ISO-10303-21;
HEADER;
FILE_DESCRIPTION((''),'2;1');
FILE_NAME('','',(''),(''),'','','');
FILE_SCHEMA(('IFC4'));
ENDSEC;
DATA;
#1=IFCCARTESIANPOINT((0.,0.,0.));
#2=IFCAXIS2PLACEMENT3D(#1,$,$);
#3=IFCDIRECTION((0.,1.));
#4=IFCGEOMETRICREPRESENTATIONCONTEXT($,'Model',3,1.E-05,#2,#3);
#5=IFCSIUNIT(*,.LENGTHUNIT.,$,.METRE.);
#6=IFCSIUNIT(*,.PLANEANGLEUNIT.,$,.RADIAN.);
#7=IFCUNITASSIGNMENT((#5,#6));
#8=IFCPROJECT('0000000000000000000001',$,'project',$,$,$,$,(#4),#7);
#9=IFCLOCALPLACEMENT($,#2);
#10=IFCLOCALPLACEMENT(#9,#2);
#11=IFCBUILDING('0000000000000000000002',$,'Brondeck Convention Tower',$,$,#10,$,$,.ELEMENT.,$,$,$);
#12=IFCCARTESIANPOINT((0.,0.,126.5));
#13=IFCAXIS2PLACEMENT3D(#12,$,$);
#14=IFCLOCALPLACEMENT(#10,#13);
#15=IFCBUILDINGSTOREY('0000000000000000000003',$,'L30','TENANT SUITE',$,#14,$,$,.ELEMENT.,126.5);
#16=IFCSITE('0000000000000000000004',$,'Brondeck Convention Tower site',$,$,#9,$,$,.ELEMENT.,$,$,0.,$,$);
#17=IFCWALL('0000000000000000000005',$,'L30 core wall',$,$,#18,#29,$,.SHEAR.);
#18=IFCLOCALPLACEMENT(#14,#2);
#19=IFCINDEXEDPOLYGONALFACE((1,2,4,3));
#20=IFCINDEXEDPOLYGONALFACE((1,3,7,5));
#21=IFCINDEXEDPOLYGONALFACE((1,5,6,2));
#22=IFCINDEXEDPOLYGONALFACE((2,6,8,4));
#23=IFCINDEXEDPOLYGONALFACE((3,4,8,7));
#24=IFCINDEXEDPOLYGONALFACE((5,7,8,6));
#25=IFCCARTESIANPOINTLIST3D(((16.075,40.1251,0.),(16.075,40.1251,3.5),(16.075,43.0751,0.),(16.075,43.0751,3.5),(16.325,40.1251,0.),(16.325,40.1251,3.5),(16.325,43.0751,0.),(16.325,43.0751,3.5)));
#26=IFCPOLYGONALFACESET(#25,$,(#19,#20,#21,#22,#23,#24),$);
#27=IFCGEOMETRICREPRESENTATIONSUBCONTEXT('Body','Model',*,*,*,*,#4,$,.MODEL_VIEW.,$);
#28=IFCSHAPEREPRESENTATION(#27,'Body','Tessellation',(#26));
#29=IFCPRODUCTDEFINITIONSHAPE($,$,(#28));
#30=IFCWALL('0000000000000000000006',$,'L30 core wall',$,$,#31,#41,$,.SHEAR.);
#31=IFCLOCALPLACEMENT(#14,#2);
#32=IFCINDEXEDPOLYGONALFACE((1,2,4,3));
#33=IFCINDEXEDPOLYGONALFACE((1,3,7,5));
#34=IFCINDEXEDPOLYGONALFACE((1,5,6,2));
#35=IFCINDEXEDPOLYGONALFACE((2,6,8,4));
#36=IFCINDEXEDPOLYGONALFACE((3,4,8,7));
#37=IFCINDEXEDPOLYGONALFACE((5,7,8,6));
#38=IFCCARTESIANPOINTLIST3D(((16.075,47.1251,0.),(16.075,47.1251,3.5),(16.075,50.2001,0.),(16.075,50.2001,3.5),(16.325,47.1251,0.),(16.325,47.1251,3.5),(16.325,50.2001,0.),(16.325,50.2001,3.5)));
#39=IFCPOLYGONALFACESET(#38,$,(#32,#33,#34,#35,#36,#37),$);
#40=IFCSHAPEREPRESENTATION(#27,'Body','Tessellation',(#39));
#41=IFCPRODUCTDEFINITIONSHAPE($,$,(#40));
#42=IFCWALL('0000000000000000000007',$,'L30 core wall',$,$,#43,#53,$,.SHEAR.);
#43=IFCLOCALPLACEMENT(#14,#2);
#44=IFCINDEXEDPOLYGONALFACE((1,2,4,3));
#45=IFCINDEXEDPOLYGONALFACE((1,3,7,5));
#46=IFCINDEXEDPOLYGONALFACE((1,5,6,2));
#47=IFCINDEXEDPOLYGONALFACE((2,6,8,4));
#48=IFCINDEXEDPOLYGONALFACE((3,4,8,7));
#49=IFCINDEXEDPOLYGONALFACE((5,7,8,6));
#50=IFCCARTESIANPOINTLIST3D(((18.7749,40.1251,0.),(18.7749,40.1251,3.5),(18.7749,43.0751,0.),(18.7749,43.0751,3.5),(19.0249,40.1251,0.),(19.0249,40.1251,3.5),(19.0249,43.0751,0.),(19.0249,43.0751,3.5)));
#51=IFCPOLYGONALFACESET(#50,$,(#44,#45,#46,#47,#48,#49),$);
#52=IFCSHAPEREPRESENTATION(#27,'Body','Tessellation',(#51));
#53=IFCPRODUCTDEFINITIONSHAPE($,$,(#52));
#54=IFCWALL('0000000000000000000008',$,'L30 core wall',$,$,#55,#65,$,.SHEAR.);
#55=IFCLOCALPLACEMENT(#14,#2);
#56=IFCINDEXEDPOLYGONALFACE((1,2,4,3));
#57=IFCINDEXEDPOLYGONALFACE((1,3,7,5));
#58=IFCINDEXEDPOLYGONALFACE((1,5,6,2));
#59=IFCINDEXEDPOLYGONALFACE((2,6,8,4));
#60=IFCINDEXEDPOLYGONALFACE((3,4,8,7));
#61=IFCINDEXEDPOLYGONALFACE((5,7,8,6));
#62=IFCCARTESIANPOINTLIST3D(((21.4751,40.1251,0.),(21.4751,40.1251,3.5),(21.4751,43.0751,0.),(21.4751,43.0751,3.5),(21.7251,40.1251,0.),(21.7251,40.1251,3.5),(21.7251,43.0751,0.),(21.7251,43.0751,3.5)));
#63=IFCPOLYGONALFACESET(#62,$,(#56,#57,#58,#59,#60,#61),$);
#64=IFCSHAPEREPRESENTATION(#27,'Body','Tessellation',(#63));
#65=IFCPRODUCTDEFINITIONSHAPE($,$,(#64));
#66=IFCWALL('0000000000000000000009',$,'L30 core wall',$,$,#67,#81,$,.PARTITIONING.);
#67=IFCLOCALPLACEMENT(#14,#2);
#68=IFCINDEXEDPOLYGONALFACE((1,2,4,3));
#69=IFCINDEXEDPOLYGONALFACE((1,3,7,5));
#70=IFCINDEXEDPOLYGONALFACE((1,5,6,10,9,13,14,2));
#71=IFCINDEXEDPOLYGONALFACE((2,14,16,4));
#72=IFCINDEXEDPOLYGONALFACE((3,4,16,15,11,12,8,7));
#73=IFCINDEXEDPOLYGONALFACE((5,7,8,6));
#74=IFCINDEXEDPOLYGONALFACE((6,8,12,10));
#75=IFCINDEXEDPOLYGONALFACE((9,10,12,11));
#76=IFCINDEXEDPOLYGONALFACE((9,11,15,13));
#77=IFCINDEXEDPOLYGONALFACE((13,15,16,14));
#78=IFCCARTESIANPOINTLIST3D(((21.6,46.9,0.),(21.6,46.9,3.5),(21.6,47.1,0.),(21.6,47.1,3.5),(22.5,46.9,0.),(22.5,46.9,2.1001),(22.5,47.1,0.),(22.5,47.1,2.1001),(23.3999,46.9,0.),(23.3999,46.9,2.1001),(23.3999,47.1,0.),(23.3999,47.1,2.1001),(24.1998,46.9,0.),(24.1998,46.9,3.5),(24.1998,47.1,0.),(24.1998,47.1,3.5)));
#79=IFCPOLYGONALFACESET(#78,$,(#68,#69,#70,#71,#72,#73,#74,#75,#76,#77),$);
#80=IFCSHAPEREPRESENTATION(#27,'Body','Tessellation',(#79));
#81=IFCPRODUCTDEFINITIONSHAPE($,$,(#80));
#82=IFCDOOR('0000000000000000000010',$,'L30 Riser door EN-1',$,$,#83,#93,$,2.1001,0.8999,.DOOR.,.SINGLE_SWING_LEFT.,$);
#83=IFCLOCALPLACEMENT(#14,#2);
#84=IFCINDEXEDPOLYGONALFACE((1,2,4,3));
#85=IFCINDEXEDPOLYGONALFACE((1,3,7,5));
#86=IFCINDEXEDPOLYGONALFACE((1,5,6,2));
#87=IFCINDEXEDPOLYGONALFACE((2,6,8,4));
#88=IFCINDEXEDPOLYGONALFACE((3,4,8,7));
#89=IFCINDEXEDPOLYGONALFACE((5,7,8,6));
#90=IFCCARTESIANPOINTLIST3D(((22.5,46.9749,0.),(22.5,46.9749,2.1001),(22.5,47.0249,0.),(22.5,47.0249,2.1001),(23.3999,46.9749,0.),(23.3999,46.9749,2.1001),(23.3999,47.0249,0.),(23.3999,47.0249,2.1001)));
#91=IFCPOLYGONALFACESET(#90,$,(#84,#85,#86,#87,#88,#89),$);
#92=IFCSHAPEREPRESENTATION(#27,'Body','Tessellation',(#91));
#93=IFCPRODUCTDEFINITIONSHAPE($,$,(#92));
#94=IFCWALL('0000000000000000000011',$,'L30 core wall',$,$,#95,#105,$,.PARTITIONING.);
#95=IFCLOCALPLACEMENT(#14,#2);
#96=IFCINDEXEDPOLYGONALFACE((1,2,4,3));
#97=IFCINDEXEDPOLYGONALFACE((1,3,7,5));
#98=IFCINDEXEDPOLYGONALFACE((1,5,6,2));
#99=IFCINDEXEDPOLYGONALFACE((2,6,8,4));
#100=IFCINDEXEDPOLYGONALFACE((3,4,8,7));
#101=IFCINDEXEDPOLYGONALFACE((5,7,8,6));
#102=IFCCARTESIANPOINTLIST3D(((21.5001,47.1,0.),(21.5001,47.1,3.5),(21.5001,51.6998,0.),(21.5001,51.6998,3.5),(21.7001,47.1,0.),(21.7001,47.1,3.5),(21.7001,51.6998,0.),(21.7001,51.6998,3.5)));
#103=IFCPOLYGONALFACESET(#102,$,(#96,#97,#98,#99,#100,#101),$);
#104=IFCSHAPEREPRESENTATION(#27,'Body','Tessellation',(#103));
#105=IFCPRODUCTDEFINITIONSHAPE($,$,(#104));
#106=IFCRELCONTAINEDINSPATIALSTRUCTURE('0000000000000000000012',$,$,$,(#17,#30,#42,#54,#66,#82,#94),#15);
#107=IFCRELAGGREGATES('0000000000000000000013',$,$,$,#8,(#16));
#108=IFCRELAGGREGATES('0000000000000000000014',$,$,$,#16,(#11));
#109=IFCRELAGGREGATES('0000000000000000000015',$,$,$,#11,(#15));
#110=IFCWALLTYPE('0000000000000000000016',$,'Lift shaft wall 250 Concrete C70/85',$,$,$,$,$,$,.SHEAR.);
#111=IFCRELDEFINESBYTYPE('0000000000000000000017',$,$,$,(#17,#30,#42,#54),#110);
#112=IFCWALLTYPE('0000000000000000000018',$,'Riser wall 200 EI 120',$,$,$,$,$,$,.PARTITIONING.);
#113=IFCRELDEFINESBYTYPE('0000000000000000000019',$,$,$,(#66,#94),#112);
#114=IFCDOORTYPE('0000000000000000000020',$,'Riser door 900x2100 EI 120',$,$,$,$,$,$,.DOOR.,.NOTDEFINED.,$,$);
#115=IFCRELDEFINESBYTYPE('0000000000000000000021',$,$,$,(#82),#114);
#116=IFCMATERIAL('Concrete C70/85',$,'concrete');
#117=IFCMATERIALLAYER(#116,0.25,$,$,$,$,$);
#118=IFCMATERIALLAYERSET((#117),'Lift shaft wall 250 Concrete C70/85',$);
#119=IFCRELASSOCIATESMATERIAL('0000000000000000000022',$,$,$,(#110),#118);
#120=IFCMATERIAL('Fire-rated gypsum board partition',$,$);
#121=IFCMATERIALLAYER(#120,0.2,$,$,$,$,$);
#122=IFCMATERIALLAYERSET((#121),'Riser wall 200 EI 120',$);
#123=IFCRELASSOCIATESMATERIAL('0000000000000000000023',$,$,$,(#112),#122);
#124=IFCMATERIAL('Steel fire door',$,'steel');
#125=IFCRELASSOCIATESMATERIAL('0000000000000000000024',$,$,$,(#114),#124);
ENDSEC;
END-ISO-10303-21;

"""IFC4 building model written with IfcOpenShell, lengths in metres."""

from ifc_helpers import new_model, si_unit, direction, frame, frame_2d, origin, place, context, subcontext, project, spatial, rectangle, extrude, material, layer, layer_set, type_object, element, fill, save


model = new_model("IFC4")

# Units and contexts
model_context = context("Model", 3, precision=1e-05, world=origin(), true_north=direction((0.0, 1.0)))
body_context = subcontext(model_context, "Body", "Model", "MODEL_VIEW")
ifc_project = project(units=[si_unit("LENGTHUNIT", "METRE"), si_unit("PLANEANGLEUNIT", "RADIAN")], contexts=[model_context])

# Site, building, storey
site_placement = place(None, origin())
site = spatial("IfcSite", under=ifc_project, at=site_placement, Name="Brondeck Convention Tower site", CompositionType="ELEMENT", RefElevation=0.0)
building_placement = place(site_placement, origin())
building = spatial("IfcBuilding", under=site, at=building_placement, Name="Brondeck Convention Tower", CompositionType="ELEMENT")
storey_placement = place(building_placement, frame((0.0, 0.0, 126.5)))
storey = spatial("IfcBuildingStorey", under=building, at=storey_placement, Name="L30", Description="TENANT SUITE", CompositionType="ELEMENT", Elevation=126.5)

# Shared definitions
ifc_material_1 = material(Name="Fire-rated gypsum board partition")

# Shared definitions
ifc_material_2 = material(Name="Steel fire door", Category="steel")

# Walls
ifc_material_3 = material(Name="Concrete C70/85", Category="concrete")
ifc_layer_1 = layer(ifc_material_3, 0.25)
ifc_layer_set_1 = layer_set([ifc_layer_1], Name="Lift shaft wall 250 Concrete C70/85")
wall_type_1 = type_object("IfcWallType", Name="Lift shaft wall 250 Concrete C70/85", PredefinedType="SHEAR", material=ifc_layer_set_1)
wall_1_placement = place(storey_placement, frame((16.2, 40.125, 0.0), z_axis=(0.0, 0.0, 1.0), x_axis=(0.0, 1.0, 0.0)))
element("IfcWall", 1, at=wall_1_placement, inside=storey, type_object=wall_type_1, Name="L30 core wall", PredefinedType="SHEAR", context=body_context, shape_type="SweptSolid", body=[
    extrude(rectangle(XDim=2.95, YDim=0.25, at=frame_2d((1.4751, 0.0))), origin(), (0.0, 0.0, 1.0), 3.5),
])
wall_2_placement = place(storey_placement, frame((16.2, 47.125, 0.0), z_axis=(0.0, 0.0, 1.0), x_axis=(0.0, 1.0, 0.0)))
element("IfcWall", 2, at=wall_2_placement, inside=storey, type_object=wall_type_1, Name="L30 core wall", PredefinedType="SHEAR", context=body_context, shape_type="SweptSolid", body=[
    extrude(rectangle(XDim=3.075, YDim=0.25, at=frame_2d((1.5376, 0.0))), origin(), (0.0, 0.0, 1.0), 3.5),
])
for number, where, z_axis, x_axis, name in (
    (3, (18.8999, 40.125, 0.0), (0.0, 0.0, 1.0), (0.0, 1.0, 0.0), "L30 core wall"),
    (4, (21.6001, 40.125, 0.0), (0.0, 0.0, 1.0), (0.0, 1.0, 0.0), "L30 core wall"),
):
    element("IfcWall", number, at=place(storey_placement, frame(where, z_axis=z_axis, x_axis=x_axis)), inside=storey, type_object=wall_type_1, Name=name, PredefinedType="SHEAR", context=body_context, shape_type="SweptSolid", body=[
        extrude(rectangle(XDim=2.95, YDim=0.25, at=frame_2d((1.4751, 0.0))), origin(), (0.0, 0.0, 1.0), 3.5),
    ])

# Wall, opening, door
ifc_layer_2 = layer(ifc_material_1, 0.2)
ifc_layer_set_2 = layer_set([ifc_layer_2], Name="Riser wall 200 EI 120")
wall_type_2 = type_object("IfcWallType", Name="Riser wall 200 EI 120", PredefinedType="PARTITIONING", material=ifc_layer_set_2)
wall_3_placement = place(storey_placement, frame((21.6001, 47.0, 0.0), z_axis=(0.0, 0.0, 1.0), x_axis=(1.0, 0.0, 0.0)))
wall_3 = element("IfcWall", 5, at=wall_3_placement, inside=storey, type_object=wall_type_2, Name="L30 core wall", PredefinedType="PARTITIONING", context=body_context, shape_type="SweptSolid", body=[
    extrude(rectangle(XDim=2.5999, YDim=0.2, at=frame_2d((1.2998, 0.0))), origin(), (0.0, 0.0, 1.0), 3.5),
])
opening_1_placement = place(wall_3_placement, frame((0.8999, 0.0, 0.0)))
opening_1 = element("IfcOpeningElement", 6, at=opening_1_placement, cuts=wall_3, PredefinedType="OPENING", context=body_context, shape_type="SweptSolid", body=[
    extrude(rectangle(XDim=0.8999, YDim=2.1001, at=frame_2d((0.45, 1.05))), frame((0.0, 0.1099, 0.0), z_axis=(0.0, -1.0, 0.0), x_axis=(1.0, 0.0, 0.0)), (0.0, 0.0, 1.0), 0.22),
])
door_type_1 = type_object("IfcDoorType", Name="Riser door 900x2100 EI 120", OperationType="NOTDEFINED", PredefinedType="DOOR", material=ifc_material_2)
door_1_placement = place(opening_1_placement, origin())
door_1 = element("IfcDoor", 7, at=door_1_placement, inside=storey, type_object=door_type_1, Name="L30 Riser door EN-1", OperationType="SINGLE_SWING_LEFT", OverallHeight=2.1001, OverallWidth=0.8999, PredefinedType="DOOR", context=body_context, shape_type="SweptSolid", body=[
    extrude(rectangle(XDim=0.8999, YDim=2.1001, at=frame_2d((0.45, 1.05))), frame((0.0, 0.0249, 0.0), z_axis=(0.0, -1.0, 0.0), x_axis=(1.0, 0.0, 0.0)), (0.0, 0.0, 1.0), 0.05),
])
fill(opening_1, door_1)

# Wall
wall_4_placement = place(storey_placement, frame((21.6001, 47.1001, 0.0), z_axis=(0.0, 0.0, 1.0), x_axis=(0.0, 1.0, 0.0)))
element("IfcWall", 8, at=wall_4_placement, inside=storey, type_object=wall_type_2, Name="L30 core wall", PredefinedType="PARTITIONING", context=body_context, shape_type="SweptSolid", body=[
    extrude(rectangle(XDim=4.5999, YDim=0.2, at=frame_2d((2.2998, 0.0))), origin(), (0.0, 0.0, 1.0), 3.5),
])

save(model, "model.ifc")
